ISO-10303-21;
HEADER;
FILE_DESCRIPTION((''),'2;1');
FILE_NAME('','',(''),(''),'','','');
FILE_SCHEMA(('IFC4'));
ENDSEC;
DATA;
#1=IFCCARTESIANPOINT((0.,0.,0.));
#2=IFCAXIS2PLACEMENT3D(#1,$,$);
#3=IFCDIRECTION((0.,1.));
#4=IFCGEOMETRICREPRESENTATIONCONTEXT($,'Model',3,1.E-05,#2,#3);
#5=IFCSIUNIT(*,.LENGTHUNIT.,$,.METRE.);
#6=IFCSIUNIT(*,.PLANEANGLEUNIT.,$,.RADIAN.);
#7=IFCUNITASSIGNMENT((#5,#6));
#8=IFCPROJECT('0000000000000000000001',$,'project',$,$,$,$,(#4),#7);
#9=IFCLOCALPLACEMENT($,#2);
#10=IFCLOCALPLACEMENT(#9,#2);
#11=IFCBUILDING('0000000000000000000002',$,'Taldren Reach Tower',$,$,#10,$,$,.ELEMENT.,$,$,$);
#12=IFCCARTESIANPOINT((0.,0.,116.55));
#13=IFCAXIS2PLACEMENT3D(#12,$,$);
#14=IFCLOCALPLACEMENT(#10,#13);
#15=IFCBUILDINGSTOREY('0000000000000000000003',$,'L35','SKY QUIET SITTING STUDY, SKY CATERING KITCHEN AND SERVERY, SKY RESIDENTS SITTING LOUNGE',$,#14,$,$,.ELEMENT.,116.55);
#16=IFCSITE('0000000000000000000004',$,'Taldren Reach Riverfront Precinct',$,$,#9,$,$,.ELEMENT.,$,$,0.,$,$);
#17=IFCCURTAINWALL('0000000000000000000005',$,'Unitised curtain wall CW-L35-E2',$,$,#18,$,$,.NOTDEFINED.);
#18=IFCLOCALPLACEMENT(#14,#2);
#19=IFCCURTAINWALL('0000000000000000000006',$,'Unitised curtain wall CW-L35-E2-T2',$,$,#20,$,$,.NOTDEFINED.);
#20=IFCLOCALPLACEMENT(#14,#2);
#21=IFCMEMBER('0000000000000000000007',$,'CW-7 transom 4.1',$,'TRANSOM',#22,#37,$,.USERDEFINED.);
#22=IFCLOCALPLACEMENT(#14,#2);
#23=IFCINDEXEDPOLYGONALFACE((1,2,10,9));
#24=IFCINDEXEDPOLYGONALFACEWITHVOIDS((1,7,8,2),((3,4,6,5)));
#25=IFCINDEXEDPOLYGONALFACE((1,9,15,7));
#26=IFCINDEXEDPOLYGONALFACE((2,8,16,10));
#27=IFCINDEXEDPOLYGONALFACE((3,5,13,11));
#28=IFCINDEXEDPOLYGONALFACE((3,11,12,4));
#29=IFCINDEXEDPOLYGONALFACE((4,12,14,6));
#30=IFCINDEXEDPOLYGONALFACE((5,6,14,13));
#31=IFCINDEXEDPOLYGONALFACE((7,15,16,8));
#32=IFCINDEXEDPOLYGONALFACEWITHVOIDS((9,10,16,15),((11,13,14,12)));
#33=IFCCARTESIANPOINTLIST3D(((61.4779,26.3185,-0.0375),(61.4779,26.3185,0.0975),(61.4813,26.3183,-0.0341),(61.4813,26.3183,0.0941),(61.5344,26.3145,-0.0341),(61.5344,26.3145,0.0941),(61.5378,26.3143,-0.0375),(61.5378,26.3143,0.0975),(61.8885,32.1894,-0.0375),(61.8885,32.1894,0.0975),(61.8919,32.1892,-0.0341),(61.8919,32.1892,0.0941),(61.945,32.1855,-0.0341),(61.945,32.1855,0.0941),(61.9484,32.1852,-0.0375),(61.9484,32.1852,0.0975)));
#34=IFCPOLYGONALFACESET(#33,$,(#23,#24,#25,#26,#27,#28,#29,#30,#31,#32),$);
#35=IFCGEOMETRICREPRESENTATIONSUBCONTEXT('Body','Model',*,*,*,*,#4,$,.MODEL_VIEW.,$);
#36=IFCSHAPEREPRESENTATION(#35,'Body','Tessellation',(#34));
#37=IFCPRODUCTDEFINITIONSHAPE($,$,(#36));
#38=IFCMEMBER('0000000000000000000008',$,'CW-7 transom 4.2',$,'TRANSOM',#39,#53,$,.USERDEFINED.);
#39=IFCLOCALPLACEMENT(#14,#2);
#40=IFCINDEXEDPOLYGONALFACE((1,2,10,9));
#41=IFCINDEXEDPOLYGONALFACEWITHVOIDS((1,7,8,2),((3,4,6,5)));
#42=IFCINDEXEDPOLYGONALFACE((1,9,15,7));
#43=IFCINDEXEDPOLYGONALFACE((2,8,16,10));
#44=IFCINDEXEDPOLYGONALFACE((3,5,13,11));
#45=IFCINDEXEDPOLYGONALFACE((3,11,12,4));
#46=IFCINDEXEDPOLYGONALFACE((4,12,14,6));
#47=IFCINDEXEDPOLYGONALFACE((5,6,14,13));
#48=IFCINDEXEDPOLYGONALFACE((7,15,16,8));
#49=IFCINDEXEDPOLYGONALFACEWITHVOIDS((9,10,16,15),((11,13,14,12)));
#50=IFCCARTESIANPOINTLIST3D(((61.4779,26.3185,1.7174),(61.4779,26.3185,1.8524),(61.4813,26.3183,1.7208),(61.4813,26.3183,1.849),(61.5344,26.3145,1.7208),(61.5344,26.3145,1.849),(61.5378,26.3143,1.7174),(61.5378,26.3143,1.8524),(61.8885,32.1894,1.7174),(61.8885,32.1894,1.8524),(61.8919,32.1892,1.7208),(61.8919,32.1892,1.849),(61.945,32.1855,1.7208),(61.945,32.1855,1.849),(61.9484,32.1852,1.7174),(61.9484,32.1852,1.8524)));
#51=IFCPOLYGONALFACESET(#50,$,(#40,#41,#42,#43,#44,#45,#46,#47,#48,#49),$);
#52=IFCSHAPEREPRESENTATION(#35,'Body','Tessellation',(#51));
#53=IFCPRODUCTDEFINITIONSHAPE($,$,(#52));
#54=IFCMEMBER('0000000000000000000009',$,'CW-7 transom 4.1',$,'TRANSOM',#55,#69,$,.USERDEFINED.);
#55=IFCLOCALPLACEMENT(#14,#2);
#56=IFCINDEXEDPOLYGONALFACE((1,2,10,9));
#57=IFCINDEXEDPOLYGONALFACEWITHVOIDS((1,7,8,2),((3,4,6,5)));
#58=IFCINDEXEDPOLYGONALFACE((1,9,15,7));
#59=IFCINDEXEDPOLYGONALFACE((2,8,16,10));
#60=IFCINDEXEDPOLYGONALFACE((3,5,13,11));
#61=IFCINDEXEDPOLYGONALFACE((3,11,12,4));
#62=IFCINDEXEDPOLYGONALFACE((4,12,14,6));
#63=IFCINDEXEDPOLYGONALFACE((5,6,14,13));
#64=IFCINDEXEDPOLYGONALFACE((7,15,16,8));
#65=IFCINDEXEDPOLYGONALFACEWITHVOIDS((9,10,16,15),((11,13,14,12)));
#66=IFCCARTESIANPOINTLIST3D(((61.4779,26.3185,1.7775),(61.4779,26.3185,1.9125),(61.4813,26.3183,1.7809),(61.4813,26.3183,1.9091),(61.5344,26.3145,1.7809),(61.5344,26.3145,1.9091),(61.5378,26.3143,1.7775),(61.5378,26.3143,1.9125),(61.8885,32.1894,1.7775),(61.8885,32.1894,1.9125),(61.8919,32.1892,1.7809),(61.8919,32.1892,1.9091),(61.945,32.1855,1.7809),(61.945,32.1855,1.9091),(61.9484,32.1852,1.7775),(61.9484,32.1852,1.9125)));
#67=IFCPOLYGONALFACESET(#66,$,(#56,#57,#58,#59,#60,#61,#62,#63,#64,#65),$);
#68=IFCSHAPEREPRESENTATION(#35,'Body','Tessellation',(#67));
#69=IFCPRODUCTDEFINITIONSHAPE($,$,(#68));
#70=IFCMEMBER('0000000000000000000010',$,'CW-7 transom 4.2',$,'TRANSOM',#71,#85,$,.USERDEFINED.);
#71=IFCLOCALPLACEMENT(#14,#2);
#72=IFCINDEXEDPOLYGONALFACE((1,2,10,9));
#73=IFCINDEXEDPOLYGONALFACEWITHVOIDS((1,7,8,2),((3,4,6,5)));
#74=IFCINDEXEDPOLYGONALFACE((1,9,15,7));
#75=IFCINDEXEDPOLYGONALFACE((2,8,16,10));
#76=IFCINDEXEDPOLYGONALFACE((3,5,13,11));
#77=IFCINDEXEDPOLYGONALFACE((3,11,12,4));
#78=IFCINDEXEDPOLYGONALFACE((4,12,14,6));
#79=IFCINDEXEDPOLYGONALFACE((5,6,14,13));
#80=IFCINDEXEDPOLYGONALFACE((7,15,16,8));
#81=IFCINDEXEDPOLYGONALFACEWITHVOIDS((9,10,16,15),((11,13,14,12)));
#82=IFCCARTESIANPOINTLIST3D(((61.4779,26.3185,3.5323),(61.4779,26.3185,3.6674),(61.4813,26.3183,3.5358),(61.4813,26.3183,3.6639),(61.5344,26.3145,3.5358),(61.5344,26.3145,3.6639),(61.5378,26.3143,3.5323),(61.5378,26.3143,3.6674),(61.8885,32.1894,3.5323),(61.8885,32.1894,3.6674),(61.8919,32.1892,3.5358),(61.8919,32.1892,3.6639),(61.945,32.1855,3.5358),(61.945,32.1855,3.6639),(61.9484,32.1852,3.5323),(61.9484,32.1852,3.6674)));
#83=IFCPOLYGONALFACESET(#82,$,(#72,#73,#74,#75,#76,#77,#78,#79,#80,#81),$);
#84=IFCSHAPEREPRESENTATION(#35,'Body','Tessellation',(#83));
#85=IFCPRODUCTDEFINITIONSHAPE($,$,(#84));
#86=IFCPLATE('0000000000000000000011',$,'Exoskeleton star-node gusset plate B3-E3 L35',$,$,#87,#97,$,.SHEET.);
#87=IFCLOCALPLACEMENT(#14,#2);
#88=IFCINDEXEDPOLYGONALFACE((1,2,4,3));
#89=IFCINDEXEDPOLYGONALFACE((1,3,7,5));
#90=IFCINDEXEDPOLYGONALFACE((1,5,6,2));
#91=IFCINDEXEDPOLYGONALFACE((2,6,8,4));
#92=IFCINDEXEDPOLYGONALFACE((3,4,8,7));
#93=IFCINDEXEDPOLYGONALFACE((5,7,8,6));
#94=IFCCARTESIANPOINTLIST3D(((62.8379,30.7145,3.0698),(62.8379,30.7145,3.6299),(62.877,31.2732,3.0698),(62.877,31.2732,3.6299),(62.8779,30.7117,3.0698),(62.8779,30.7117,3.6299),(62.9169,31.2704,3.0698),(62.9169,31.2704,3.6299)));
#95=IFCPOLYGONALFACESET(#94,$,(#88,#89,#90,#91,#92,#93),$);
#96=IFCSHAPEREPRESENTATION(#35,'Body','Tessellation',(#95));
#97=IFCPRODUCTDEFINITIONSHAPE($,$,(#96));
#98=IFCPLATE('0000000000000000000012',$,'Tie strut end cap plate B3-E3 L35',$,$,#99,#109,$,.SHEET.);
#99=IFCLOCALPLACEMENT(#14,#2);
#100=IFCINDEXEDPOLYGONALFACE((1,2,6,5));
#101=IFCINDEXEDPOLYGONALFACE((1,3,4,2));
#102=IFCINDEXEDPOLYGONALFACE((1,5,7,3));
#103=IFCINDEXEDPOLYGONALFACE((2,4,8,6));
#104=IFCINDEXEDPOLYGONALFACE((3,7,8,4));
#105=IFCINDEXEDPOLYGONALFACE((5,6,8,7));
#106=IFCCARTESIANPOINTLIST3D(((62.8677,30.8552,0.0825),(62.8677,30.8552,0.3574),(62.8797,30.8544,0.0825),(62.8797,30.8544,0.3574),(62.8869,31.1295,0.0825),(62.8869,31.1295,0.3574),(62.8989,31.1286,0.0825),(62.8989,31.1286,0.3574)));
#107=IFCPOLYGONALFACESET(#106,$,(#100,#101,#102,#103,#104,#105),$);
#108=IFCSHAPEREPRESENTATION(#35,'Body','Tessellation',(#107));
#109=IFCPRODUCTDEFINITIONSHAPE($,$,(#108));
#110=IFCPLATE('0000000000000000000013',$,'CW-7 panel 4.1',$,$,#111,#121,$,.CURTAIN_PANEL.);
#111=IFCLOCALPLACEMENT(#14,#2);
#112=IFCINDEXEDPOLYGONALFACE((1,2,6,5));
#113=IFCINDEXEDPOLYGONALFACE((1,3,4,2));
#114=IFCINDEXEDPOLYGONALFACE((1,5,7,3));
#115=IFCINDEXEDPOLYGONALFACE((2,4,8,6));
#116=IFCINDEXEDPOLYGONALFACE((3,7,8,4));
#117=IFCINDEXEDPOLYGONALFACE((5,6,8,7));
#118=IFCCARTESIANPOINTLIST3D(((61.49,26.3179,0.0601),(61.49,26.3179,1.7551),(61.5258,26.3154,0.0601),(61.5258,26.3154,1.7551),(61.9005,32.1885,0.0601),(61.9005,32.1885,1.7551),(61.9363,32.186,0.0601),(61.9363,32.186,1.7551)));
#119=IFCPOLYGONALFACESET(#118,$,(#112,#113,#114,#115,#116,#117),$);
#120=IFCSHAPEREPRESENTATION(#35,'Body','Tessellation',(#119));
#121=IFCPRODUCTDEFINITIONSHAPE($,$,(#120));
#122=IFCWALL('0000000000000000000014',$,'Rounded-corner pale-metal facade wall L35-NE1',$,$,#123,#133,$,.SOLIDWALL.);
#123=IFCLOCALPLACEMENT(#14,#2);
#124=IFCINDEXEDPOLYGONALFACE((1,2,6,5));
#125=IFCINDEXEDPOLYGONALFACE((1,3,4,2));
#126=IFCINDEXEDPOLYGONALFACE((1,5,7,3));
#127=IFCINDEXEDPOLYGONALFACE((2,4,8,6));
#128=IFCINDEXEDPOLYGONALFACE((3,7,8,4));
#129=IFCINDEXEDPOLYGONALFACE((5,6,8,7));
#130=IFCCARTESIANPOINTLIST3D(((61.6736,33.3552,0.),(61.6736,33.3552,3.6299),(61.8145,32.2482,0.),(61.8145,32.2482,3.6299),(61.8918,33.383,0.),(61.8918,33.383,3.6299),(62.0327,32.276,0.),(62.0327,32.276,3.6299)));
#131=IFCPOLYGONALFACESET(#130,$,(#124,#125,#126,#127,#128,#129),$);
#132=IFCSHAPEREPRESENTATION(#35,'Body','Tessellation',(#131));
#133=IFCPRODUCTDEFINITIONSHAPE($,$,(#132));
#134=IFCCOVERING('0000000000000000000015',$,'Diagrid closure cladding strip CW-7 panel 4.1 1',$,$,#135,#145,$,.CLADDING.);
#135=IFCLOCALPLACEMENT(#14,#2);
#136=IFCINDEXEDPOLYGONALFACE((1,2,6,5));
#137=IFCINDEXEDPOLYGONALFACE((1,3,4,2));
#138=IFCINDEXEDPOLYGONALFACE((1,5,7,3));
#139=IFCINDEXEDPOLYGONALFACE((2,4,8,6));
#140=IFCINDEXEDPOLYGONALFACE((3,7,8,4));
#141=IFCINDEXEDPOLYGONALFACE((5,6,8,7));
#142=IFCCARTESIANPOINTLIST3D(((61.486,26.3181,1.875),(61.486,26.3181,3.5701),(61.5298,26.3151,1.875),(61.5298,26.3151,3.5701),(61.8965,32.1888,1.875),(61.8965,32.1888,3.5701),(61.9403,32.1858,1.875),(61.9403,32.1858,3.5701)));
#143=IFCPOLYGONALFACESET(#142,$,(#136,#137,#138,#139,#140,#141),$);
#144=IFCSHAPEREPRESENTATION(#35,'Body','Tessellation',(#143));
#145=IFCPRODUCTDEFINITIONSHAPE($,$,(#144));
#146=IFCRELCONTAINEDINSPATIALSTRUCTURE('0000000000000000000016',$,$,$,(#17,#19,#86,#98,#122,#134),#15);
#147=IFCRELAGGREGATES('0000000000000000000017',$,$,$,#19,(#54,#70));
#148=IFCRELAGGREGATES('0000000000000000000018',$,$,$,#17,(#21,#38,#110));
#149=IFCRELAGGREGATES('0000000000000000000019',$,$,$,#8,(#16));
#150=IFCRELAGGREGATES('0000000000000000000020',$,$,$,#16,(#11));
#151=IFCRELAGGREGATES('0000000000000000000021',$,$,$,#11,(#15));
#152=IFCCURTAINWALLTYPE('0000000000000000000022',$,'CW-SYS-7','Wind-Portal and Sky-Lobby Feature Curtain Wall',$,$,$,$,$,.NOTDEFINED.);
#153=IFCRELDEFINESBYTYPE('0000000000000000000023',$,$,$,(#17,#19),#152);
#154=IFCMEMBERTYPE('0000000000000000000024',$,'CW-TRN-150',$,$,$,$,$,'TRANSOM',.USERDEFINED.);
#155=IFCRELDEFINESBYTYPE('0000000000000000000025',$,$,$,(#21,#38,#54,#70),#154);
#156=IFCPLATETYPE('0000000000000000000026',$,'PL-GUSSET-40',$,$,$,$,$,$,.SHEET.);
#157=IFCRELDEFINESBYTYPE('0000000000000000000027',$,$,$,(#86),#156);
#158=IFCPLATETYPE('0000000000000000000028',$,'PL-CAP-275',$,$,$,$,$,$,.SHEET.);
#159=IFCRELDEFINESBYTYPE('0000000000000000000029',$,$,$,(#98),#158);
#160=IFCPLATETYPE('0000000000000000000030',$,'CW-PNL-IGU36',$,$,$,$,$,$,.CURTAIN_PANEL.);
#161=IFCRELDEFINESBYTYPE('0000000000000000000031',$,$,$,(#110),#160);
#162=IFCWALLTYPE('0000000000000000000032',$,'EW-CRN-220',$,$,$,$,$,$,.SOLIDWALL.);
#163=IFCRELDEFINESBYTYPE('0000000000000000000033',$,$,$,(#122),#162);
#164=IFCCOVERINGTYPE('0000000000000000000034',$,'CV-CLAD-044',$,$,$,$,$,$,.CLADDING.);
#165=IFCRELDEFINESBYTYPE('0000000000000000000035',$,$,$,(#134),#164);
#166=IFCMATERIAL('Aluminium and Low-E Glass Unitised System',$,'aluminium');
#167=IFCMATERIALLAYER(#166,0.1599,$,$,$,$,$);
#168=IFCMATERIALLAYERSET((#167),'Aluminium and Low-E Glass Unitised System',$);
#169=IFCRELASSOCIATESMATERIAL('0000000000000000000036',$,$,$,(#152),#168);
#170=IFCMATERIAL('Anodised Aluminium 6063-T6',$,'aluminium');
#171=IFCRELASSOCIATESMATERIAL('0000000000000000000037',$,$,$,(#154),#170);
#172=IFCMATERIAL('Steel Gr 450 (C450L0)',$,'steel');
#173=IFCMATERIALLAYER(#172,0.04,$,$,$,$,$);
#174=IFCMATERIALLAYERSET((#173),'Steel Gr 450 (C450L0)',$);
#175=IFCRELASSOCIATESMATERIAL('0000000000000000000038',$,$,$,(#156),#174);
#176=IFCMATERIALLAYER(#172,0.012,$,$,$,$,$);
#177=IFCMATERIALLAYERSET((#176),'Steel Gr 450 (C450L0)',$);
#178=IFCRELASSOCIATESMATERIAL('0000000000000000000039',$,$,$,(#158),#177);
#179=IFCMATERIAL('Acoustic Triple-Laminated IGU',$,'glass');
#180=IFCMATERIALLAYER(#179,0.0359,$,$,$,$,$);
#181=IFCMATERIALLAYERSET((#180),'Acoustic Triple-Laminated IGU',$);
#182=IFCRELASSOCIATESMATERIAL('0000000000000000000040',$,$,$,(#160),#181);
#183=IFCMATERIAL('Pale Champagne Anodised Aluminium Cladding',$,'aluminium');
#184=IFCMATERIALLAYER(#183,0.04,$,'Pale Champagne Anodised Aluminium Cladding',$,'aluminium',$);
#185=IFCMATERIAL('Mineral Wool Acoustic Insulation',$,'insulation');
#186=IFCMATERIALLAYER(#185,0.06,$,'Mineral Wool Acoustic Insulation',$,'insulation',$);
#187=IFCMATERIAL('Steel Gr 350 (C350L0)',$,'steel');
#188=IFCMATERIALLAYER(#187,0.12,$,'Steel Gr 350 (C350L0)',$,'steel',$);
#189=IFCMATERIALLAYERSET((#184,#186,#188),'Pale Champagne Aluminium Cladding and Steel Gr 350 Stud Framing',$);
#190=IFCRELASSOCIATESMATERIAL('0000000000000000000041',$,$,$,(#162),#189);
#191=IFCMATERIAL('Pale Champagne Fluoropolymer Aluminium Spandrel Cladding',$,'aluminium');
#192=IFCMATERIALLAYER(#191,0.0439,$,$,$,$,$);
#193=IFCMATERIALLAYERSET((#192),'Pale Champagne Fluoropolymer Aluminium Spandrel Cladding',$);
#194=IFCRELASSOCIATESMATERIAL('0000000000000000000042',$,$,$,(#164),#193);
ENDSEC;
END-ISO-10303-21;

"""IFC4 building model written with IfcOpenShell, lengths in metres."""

from ifc_helpers import new_model, si_unit, direction, frame, frame_2d, origin, origin_2d, place, context, subcontext, project, spatial, rectangle, hollow_rectangle, extrude, source, transform, mapped, material, layer, layer_set, material_profile, profile_set, type_object, element, aggregate, save


model = new_model("IFC4")

# Units and contexts
model_context = context("Model", 3, precision=1e-05, world=origin(), true_north=direction((0.0, 1.0)))
body_context = subcontext(model_context, "Body", "Model", "MODEL_VIEW")
ifc_project = project(units=[si_unit("LENGTHUNIT", "METRE"), si_unit("PLANEANGLEUNIT", "RADIAN")], contexts=[model_context])

# Site, building, storey
site_placement = place(None, origin())
site = spatial("IfcSite", under=ifc_project, at=site_placement, Name="Taldren Reach Riverfront Precinct", CompositionType="ELEMENT", RefElevation=0.0)
building_placement = place(site_placement, origin())
building = spatial("IfcBuilding", under=site, at=building_placement, Name="Taldren Reach Tower", CompositionType="ELEMENT")
storey_placement = place(building_placement, frame((0.0, 0.0, 116.55)))
storey = spatial("IfcBuildingStorey", under=building, at=storey_placement, Name="L35", Description="SKY QUIET SITTING STUDY, SKY CATERING KITCHEN AND SERVERY, SKY RESIDENTS SITTING LOUNGE", CompositionType="ELEMENT", Elevation=116.55)

# Shared definitions
ifc_material_1 = material(Name="Steel Gr 450 (C450L0)", Category="steel")
ifc_material_2 = material(Name="Steel Gr 350 (C350L0)", Category="steel")

# Curtain walls
ifc_material_3 = material(Name="Aluminium and Low-E Glass Unitised System", Category="aluminium")
ifc_layer_1 = layer(ifc_material_3, 0.1599)
ifc_layer_set_1 = layer_set([ifc_layer_1], Name="Aluminium and Low-E Glass Unitised System")
curtain_wall_type = type_object("IfcCurtainWallType", Name="CW-SYS-7", Description="Wind-Portal and Sky-Lobby Feature Curtain Wall", PredefinedType="NOTDEFINED", material=ifc_layer_set_1)
curtain_wall_1_placement = place(storey_placement, origin())
curtain_wall_1 = element("IfcCurtainWall", 1, at=curtain_wall_1_placement, inside=storey, type_object=curtain_wall_type, Name="Unitised curtain wall CW-L35-E2", PredefinedType="NOTDEFINED")
ifc_material_4 = material(Name="Anodised Aluminium 6063-T6", Category="aluminium")
curtain_wall_2_placement = place(storey_placement, origin())
curtain_wall_2 = element("IfcCurtainWall", 2, at=curtain_wall_2_placement, inside=storey, type_object=curtain_wall_type, Name="Unitised curtain wall CW-L35-E2-T2", PredefinedType="NOTDEFINED")

# Members
ifc_material_profile_1 = material_profile(ifc_material_4, hollow_rectangle(XDim=0.0601, YDim=0.135, WallThickness=0.0034, at=origin_2d()), Name="ALU-135x60x3.5RHS")
ifc_profile_set_1 = profile_set([ifc_material_profile_1], Name="Anodised Aluminium 6063-T6")
member_type_1 = type_object("IfcMemberType", Name="CW-TRN-150", ElementType="TRANSOM", PredefinedType="USERDEFINED", material=ifc_profile_set_1)
shared_shape_1 = source(origin(), body_context, "Body", "SweptSolid", [
    extrude(hollow_rectangle(XDim=0.0601, YDim=0.135, WallThickness=0.0034, at=origin_2d()), origin(), (0.0, 0.0, 1.0), 5.8853),
])
member_1_placement = place(storey_placement, frame((61.5078, 26.3164, 0.03), z_axis=(0.069776, 0.997563, 0.0), x_axis=(-0.997563, 0.069776, 0.0)))
member_1 = element("IfcMember", 3, at=member_1_placement, type_object=member_type_1, Name="CW-7 transom 4.1", ObjectType="TRANSOM", PredefinedType="USERDEFINED", context=body_context, shape_type="MappedRepresentation", body=[
    mapped(shared_shape_1, transform((0.0, 0.0, 0.0), scale=1.0)),
])
member_2_placement = place(storey_placement, frame((61.5078, 26.3164, 1.7849), z_axis=(0.069776, 0.997563, 0.0), x_axis=(-0.997563, 0.069776, 0.0)))
member_2 = element("IfcMember", 4, at=member_2_placement, type_object=member_type_1, Name="CW-7 transom 4.2", ObjectType="TRANSOM", PredefinedType="USERDEFINED", context=body_context, shape_type="MappedRepresentation", body=[
    mapped(shared_shape_1, transform((0.0, 0.0, 0.0), scale=1.0)),
])
member_3_placement = place(storey_placement, frame((61.5078, 26.3164, 1.845), z_axis=(0.069776, 0.997563, 0.0), x_axis=(-0.997563, 0.069776, 0.0)))
member_3 = element("IfcMember", 5, at=member_3_placement, type_object=member_type_1, Name="CW-7 transom 4.1", ObjectType="TRANSOM", PredefinedType="USERDEFINED", context=body_context, shape_type="MappedRepresentation", body=[
    mapped(shared_shape_1, transform((0.0, 0.0, 0.0), scale=1.0)),
])
member_4_placement = place(storey_placement, frame((61.5078, 26.3164, 3.5999), z_axis=(0.069776, 0.997563, 0.0), x_axis=(-0.997563, 0.069776, 0.0)))
member_4 = element("IfcMember", 6, at=member_4_placement, type_object=member_type_1, Name="CW-7 transom 4.2", ObjectType="TRANSOM", PredefinedType="USERDEFINED", context=body_context, shape_type="MappedRepresentation", body=[
    mapped(shared_shape_1, transform((0.0, 0.0, 0.0), scale=1.0)),
])
aggregate(curtain_wall_2, [member_3, member_4])

# Plates
ifc_layer_2 = layer(ifc_material_1, 0.04)
ifc_layer_set_2 = layer_set([ifc_layer_2], Name="Steel Gr 450 (C450L0)")
plate_type_1 = type_object("IfcPlateType", Name="PL-GUSSET-40", PredefinedType="SHEET", material=ifc_layer_set_2)
shared_shape_2 = source(origin(), body_context, "Body", "SweptSolid", [
    extrude(rectangle(XDim=0.5601, YDim=0.04, at=origin_2d()), origin(), (0.0, 0.0, 1.0), 0.5601),
])
plate_1_placement = place(storey_placement, frame((62.8774, 30.9924, 3.0698), z_axis=(0.0, 0.0, 1.0), x_axis=(0.069756, 0.997564, 0.0)))
element("IfcPlate", 7, at=plate_1_placement, inside=storey, type_object=plate_type_1, Name="Exoskeleton star-node gusset plate B3-E3 L35", PredefinedType="SHEET", context=body_context, shape_type="MappedRepresentation", body=[
    mapped(shared_shape_2, transform((0.0, 0.0, 0.0), scale=1.0)),
])
ifc_layer_3 = layer(ifc_material_1, 0.012)
ifc_layer_set_3 = layer_set([ifc_layer_3], Name="Steel Gr 450 (C450L0)")
plate_type_2 = type_object("IfcPlateType", Name="PL-CAP-275", PredefinedType="SHEET", material=ifc_layer_set_3)
shared_shape_3 = source(origin(), body_context, "Body", "SweptSolid", [
    extrude(rectangle(XDim=0.012, YDim=0.2749, at=origin_2d()), origin(), (0.0, 0.0, 1.0), 0.2749),
])
plate_2_placement = place(storey_placement, frame((62.8833, 30.9919, 0.0825), z_axis=(0.0, 0.0, 1.0), x_axis=(0.997564, -0.069756, 0.0)))
element("IfcPlate", 8, at=plate_2_placement, inside=storey, type_object=plate_type_2, Name="Tie strut end cap plate B3-E3 L35", PredefinedType="SHEET", context=body_context, shape_type="MappedRepresentation", body=[
    mapped(shared_shape_3, transform((0.0, 0.0, 0.0), scale=1.0)),
])

# Plate
ifc_material_5 = material(Name="Acoustic Triple-Laminated IGU", Category="glass")
ifc_layer_4 = layer(ifc_material_5, 0.0359)
ifc_layer_set_4 = layer_set([ifc_layer_4], Name="Acoustic Triple-Laminated IGU")
plate_type_3 = type_object("IfcPlateType", Name="CW-PNL-IGU36", PredefinedType="CURTAIN_PANEL", material=ifc_layer_set_4)
shared_shape_4 = source(origin(), body_context, "Body", "SweptSolid", [
    extrude(rectangle(XDim=5.885, YDim=0.0359, at=origin_2d()), origin(), (0.0, 0.0, 1.0), 1.6951),
])
plate_3_placement = place(storey_placement, frame((61.7131, 29.252, 0.0601), z_axis=(0.0, 0.0, 1.0), x_axis=(0.069757, 0.997564, 0.0)))
plate_3 = element("IfcPlate", 9, at=plate_3_placement, type_object=plate_type_3, Name="CW-7 panel 4.1", PredefinedType="CURTAIN_PANEL", context=body_context, shape_type="MappedRepresentation", body=[
    mapped(shared_shape_4, transform((0.0, 0.0, 0.0), scale=1.0)),
])
aggregate(curtain_wall_1, [member_1, member_2, plate_3])

# Wall
ifc_material_6 = material(Name="Pale Champagne Anodised Aluminium Cladding", Category="aluminium")
ifc_layer_5 = layer(ifc_material_6, 0.04, Name="Pale Champagne Anodised Aluminium Cladding", Category="aluminium")
ifc_material_7 = material(Name="Mineral Wool Acoustic Insulation", Category="insulation")
ifc_layer_6 = layer(ifc_material_7, 0.06, Name="Mineral Wool Acoustic Insulation", Category="insulation")
ifc_layer_7 = layer(ifc_material_2, 0.12, Name="Steel Gr 350 (C350L0)", Category="steel")
ifc_layer_set_5 = layer_set([ifc_layer_5, ifc_layer_6, ifc_layer_7], Name="Pale Champagne Aluminium Cladding and Steel Gr 350 Stud Framing")
wall_type = type_object("IfcWallType", Name="EW-CRN-220", PredefinedType="SOLIDWALL", material=ifc_layer_set_5)
shared_shape_5 = source(origin(), body_context, "Body", "SweptSolid", [
    extrude(rectangle(XDim=1.116, YDim=0.22, at=frame_2d((0.5581, 0.0))), origin(), (0.0, 0.0, 1.0), 3.6299),
])
wall_placement = place(storey_placement, frame((61.9236, 32.262, 0.0), z_axis=(0.0, 0.0, 1.0), x_axis=(-0.126243, 0.991999, 0.0)))
element("IfcWall", 10, at=wall_placement, inside=storey, type_object=wall_type, Name="Rounded-corner pale-metal facade wall L35-NE1", PredefinedType="SOLIDWALL", context=body_context, shape_type="MappedRepresentation", body=[
    mapped(shared_shape_5, transform((0.0, 0.0, 0.0), scale=1.0)),
])

# Covering
ifc_material_8 = material(Name="Pale Champagne Fluoropolymer Aluminium Spandrel Cladding", Category="aluminium")
ifc_layer_8 = layer(ifc_material_8, 0.0439)
ifc_layer_set_6 = layer_set([ifc_layer_8], Name="Pale Champagne Fluoropolymer Aluminium Spandrel Cladding")
covering_type = type_object("IfcCoveringType", Name="CV-CLAD-044", PredefinedType="CLADDING", material=ifc_layer_set_6)
shared_shape_6 = source(origin(), body_context, "Body", "SweptSolid", [
    extrude(rectangle(XDim=5.885, YDim=0.0439, at=origin_2d()), origin(), (0.0, 0.0, 1.0), 1.6951),
])
covering_placement = place(storey_placement, frame((61.7131, 29.252, 1.875), z_axis=(0.0, 0.0, 1.0), x_axis=(0.069757, 0.997564, 0.0)))
element("IfcCovering", 11, at=covering_placement, inside=storey, type_object=covering_type, Name="Diagrid closure cladding strip CW-7 panel 4.1 1", PredefinedType="CLADDING", context=body_context, shape_type="MappedRepresentation", body=[
    mapped(shared_shape_6, transform((0.0, 0.0, 0.0), scale=1.0)),
])

save(model, "model.ifc")
